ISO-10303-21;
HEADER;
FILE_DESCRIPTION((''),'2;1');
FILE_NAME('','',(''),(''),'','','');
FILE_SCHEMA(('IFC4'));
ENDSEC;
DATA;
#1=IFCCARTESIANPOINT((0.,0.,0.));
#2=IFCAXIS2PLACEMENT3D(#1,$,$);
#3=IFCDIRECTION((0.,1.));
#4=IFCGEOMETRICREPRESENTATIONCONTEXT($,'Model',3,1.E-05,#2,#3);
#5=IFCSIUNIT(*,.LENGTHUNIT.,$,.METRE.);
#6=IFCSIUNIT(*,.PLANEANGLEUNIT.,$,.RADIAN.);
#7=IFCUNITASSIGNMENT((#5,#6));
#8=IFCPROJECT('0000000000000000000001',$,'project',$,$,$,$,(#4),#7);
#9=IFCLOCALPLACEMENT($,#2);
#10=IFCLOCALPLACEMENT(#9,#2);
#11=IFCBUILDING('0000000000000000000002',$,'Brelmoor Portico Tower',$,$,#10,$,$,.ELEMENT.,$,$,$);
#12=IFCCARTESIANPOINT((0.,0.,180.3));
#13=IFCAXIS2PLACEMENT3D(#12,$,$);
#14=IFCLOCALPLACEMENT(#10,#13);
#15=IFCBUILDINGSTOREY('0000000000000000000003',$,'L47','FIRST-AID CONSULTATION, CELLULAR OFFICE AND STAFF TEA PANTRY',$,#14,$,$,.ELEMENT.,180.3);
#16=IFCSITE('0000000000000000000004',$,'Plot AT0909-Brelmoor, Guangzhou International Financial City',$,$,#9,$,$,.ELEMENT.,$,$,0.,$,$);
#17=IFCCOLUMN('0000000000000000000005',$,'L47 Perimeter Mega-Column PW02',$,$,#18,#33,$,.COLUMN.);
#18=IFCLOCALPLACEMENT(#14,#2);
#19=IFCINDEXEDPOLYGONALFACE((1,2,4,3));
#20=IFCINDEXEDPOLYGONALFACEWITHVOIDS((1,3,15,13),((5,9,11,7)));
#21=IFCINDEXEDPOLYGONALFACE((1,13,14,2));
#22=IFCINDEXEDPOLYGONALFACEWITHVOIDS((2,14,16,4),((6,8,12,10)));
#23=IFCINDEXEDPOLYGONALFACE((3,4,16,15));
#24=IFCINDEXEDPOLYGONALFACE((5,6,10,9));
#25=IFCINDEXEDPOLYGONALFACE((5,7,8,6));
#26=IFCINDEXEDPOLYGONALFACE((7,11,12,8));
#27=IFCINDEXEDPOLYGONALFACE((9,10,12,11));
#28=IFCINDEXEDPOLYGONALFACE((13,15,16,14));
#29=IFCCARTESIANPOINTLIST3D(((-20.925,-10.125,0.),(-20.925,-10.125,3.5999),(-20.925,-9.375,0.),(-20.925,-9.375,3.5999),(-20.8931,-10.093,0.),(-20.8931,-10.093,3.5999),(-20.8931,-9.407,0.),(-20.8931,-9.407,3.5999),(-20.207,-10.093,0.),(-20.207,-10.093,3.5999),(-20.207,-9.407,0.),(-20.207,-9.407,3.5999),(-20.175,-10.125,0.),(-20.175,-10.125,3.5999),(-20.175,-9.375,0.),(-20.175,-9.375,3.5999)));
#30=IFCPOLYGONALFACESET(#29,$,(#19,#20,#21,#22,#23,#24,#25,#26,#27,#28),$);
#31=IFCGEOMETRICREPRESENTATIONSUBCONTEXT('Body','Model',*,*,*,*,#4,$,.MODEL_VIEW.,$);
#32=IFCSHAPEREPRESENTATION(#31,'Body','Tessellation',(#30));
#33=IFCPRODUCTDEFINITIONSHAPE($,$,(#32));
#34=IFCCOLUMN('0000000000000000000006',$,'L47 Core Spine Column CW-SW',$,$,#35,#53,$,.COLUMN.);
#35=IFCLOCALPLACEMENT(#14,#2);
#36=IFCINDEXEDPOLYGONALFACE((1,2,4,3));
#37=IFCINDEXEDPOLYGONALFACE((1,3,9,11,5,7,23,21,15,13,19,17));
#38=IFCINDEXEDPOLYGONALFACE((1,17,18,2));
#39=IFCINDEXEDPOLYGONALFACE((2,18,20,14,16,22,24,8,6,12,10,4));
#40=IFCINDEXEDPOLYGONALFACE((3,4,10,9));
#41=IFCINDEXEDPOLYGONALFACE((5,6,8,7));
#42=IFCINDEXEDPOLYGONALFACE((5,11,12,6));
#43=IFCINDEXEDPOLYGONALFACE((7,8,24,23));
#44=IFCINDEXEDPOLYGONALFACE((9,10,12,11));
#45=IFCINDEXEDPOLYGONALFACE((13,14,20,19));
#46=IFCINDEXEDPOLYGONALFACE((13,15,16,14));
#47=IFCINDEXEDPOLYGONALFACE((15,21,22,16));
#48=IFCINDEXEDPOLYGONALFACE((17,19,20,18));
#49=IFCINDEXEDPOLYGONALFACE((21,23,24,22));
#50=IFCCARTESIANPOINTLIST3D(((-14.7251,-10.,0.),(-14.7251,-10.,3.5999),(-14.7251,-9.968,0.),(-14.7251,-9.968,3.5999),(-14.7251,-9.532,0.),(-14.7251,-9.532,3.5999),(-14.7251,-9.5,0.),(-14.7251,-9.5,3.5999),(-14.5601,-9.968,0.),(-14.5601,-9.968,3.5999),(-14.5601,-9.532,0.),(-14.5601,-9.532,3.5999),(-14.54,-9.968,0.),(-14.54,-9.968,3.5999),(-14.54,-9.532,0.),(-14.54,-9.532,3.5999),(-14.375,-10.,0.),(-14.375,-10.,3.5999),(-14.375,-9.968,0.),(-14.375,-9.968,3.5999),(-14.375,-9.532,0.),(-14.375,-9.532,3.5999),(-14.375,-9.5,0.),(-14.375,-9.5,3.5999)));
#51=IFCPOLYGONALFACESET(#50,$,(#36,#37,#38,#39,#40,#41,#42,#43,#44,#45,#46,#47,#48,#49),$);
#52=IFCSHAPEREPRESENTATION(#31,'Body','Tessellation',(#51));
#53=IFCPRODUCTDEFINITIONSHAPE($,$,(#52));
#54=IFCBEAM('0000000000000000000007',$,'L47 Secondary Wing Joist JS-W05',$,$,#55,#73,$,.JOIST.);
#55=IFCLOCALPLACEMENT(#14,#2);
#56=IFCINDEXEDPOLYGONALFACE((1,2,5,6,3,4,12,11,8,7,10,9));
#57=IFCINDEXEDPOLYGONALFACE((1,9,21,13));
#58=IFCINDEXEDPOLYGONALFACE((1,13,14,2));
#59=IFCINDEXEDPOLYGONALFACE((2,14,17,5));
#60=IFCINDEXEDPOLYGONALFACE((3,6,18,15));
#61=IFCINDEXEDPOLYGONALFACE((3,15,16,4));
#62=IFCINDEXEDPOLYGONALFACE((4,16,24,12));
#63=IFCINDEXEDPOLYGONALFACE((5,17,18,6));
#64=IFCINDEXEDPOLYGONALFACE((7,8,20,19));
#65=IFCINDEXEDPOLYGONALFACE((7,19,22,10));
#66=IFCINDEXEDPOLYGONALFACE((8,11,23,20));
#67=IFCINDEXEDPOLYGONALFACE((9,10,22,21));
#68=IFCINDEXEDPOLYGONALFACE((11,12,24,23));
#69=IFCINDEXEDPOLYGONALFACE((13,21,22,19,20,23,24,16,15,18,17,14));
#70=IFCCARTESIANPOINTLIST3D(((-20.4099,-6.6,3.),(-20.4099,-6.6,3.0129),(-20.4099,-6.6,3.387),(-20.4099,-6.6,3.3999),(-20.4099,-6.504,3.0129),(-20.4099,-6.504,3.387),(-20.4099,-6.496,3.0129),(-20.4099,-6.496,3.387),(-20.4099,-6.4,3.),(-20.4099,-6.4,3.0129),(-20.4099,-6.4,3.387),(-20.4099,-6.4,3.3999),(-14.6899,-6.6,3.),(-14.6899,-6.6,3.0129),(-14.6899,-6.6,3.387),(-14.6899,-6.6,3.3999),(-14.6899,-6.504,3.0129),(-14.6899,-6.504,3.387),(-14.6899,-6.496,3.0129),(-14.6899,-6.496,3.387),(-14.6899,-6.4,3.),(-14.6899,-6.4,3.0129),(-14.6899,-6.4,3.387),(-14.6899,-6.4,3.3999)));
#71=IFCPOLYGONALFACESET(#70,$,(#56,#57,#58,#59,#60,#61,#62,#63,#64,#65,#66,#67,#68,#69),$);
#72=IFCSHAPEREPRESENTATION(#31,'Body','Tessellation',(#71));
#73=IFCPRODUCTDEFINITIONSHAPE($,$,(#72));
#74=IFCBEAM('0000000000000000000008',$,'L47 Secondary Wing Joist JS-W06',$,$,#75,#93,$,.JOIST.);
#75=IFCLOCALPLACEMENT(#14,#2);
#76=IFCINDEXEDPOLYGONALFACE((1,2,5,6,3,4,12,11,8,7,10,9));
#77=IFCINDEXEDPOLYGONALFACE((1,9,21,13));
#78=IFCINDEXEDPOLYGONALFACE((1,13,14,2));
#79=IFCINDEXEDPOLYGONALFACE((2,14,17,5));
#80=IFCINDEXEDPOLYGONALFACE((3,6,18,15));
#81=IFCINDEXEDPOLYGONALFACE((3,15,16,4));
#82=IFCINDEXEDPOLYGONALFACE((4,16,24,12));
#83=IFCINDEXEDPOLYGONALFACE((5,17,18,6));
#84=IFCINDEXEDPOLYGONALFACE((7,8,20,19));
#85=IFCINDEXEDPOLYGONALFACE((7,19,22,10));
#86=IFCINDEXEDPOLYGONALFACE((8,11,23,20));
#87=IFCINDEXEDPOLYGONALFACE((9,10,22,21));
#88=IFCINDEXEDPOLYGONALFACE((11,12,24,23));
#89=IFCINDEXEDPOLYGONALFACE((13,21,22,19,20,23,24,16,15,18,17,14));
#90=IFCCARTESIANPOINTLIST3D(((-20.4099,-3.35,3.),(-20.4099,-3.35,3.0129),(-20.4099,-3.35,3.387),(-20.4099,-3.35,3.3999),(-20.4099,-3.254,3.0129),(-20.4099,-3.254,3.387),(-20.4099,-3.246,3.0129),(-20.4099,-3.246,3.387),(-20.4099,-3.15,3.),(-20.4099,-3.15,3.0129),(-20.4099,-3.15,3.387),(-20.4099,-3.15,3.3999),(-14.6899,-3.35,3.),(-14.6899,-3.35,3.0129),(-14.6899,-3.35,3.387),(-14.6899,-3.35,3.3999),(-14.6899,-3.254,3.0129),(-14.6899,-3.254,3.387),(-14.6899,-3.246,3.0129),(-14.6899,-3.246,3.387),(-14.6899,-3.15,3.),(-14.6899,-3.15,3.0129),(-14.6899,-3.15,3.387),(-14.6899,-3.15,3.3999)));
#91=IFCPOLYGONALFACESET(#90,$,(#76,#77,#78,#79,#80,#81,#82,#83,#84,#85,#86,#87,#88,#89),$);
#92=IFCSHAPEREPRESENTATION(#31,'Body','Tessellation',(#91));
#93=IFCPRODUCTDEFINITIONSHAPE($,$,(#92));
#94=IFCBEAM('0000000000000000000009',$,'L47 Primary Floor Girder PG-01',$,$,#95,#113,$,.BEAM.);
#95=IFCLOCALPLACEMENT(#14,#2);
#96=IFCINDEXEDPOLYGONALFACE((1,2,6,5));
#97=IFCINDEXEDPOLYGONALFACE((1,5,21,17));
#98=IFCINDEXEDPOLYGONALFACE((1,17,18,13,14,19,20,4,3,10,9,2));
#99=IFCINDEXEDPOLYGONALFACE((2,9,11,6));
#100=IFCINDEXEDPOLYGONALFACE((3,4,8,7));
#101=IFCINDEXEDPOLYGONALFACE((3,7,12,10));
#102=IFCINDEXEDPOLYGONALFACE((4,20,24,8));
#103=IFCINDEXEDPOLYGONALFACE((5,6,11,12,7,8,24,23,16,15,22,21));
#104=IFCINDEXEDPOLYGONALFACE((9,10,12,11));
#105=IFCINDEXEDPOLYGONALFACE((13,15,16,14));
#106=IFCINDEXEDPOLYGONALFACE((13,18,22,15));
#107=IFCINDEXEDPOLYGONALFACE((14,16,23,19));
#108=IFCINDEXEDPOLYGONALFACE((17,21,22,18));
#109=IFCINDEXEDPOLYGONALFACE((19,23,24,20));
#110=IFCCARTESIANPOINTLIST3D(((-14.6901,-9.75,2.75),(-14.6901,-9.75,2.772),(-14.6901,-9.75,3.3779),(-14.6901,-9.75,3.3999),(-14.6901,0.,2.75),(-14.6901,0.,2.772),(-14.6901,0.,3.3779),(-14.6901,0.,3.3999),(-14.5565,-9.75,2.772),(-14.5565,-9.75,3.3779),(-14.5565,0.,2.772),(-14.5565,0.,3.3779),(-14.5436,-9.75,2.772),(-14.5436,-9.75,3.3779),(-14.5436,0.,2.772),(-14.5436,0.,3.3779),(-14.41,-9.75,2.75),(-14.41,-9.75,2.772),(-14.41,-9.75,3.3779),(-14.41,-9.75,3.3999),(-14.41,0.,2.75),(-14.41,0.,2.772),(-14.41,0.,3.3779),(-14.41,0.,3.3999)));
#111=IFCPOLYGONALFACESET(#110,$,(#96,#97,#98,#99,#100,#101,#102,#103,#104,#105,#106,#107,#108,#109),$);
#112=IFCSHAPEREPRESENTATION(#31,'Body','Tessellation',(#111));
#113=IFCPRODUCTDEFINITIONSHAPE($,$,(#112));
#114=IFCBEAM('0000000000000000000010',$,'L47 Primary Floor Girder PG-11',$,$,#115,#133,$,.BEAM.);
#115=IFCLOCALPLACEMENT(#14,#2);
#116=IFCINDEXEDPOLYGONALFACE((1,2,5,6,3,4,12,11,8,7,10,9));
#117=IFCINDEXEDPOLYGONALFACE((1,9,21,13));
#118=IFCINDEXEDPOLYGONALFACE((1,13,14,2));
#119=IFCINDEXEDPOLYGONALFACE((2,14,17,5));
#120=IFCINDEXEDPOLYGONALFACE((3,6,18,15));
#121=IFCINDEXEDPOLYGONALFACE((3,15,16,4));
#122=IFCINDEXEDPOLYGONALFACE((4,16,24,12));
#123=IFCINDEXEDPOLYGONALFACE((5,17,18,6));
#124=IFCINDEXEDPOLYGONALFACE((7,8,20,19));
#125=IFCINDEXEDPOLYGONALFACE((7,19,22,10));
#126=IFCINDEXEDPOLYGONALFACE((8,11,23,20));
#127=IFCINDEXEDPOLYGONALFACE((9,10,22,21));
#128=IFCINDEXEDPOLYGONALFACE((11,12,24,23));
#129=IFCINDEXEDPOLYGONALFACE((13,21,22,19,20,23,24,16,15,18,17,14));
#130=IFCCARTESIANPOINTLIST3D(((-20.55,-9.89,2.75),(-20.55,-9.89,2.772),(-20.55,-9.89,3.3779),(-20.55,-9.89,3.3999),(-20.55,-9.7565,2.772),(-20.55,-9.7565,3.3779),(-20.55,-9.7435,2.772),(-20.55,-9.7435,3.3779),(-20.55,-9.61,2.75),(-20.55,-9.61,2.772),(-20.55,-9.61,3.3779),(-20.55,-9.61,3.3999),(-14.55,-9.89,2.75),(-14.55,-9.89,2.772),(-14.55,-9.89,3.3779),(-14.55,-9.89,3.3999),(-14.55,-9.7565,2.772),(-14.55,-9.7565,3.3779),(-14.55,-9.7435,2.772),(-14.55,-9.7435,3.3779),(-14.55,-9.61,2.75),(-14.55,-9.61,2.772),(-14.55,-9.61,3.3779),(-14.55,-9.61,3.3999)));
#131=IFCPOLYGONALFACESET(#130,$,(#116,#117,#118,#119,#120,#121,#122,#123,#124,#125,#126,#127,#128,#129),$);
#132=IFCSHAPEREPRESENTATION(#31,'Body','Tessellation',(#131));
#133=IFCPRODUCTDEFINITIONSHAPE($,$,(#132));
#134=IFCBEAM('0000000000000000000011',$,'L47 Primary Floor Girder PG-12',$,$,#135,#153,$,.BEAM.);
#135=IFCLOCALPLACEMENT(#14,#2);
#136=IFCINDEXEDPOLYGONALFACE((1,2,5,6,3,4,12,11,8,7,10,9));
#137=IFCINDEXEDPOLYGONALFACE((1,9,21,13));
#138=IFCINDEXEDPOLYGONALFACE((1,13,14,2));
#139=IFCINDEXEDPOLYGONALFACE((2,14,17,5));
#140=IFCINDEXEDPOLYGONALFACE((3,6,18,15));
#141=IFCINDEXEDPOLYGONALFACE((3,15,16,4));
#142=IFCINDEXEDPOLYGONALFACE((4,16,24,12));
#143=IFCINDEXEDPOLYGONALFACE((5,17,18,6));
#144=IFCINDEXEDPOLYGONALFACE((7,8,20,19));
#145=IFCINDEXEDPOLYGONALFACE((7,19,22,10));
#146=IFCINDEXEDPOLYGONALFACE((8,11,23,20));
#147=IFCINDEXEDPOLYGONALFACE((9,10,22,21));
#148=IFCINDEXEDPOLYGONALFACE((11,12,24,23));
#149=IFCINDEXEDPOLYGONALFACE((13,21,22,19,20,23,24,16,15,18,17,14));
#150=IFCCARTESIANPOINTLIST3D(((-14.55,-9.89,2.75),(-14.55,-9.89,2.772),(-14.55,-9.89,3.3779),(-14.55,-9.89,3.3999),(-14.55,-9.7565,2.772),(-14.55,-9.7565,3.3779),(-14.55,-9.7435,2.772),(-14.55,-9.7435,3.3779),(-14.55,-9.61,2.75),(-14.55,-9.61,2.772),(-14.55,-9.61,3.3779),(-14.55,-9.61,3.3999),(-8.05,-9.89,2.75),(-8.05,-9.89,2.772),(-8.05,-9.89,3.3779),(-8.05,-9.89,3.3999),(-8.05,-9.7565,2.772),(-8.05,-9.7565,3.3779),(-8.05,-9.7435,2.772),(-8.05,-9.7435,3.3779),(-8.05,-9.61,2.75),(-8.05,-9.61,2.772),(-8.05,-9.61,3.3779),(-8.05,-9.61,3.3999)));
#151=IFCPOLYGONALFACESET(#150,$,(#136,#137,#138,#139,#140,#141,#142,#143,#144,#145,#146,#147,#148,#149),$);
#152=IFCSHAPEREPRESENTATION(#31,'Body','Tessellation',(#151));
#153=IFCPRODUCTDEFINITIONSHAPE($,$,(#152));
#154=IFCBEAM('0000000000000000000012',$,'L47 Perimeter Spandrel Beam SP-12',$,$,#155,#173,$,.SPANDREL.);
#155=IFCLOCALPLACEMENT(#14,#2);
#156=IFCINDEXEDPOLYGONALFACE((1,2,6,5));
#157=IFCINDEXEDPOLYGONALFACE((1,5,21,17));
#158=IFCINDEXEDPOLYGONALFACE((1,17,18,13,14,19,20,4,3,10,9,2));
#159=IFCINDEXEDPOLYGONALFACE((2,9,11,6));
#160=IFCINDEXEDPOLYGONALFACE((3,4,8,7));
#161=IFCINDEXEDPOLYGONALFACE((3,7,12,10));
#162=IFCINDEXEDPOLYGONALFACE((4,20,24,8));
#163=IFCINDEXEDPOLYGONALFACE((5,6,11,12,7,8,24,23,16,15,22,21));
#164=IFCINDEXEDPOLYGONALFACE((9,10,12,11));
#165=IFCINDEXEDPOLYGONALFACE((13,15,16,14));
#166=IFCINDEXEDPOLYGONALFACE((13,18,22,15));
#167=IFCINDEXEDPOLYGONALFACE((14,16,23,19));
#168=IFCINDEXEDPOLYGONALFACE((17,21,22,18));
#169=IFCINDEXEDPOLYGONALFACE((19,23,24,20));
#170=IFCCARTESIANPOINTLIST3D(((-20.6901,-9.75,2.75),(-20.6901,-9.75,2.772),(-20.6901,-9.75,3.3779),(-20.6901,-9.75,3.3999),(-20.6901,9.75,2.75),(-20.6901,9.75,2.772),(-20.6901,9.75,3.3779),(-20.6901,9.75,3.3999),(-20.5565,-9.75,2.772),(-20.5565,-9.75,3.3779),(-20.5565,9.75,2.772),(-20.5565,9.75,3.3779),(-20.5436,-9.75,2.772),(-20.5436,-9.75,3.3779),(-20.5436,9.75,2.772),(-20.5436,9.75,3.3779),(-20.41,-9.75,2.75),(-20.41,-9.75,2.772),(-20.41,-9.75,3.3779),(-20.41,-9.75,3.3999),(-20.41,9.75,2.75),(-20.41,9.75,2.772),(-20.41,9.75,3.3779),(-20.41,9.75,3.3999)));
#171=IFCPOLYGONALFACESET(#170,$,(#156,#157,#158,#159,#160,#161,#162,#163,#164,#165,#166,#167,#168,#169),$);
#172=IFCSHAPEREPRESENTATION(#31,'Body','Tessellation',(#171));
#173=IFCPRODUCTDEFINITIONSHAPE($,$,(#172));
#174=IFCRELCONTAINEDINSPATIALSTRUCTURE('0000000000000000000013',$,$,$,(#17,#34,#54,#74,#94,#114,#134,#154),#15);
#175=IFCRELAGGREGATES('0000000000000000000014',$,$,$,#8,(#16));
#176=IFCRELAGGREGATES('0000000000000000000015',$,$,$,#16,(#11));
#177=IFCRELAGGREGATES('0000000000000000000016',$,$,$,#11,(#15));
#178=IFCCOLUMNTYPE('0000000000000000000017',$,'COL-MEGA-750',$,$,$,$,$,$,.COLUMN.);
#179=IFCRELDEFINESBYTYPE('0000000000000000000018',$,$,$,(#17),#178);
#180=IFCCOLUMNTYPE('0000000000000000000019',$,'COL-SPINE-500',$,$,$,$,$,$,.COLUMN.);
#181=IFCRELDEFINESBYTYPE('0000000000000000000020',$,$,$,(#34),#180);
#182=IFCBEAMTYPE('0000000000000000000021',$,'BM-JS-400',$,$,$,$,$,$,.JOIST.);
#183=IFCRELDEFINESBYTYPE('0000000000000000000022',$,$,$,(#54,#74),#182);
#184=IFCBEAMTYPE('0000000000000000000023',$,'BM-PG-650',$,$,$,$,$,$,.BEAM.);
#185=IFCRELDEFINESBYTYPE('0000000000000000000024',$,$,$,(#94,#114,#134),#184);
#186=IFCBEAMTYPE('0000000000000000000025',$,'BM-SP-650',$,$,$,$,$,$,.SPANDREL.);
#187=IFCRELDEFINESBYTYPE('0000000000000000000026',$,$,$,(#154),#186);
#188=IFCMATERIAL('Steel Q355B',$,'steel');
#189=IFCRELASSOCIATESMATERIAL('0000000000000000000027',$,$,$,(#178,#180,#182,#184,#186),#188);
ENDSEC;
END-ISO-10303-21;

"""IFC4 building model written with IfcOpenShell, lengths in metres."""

from ifc_helpers import new_model, si_unit, direction, frame, origin, origin_2d, place, context, subcontext, project, spatial, hollow_rectangle, i_section, extrude, material, material_profile, profile_set, type_object, element, save


model = new_model("IFC4")

# Units and contexts
model_context = context("Model", 3, precision=1e-05, world=origin(), true_north=direction((0.0, 1.0)))
body_context = subcontext(model_context, "Body", "Model", "MODEL_VIEW")
ifc_project = project(units=[si_unit("LENGTHUNIT", "METRE"), si_unit("PLANEANGLEUNIT", "RADIAN")], contexts=[model_context])

# Site, building, storey
site_placement = place(None, origin())
site = spatial("IfcSite", under=ifc_project, at=site_placement, Name="Plot AT0909-Brelmoor, Guangzhou International Financial City", CompositionType="ELEMENT", RefElevation=0.0)
building_placement = place(site_placement, origin())
building = spatial("IfcBuilding", under=site, at=building_placement, Name="Brelmoor Portico Tower", CompositionType="ELEMENT")
storey_placement = place(building_placement, frame((0.0, 0.0, 180.3)))
storey = spatial("IfcBuildingStorey", under=building, at=storey_placement, Name="L47", Description="FIRST-AID CONSULTATION, CELLULAR OFFICE AND STAFF TEA PANTRY", CompositionType="ELEMENT", Elevation=180.3)

# Columns
ifc_material_1 = material(Name="Steel Q355B", Category="steel")
ifc_material_profile_1 = material_profile(ifc_material_1, hollow_rectangle(XDim=0.75, YDim=0.75, WallThickness=0.032, at=origin_2d()), Name="BOX 750x750x32")
ifc_profile_set_1 = profile_set([ifc_material_profile_1], Name="Steel Q355B")
column_type_1 = type_object("IfcColumnType", Name="COL-MEGA-750", PredefinedType="COLUMN", material=ifc_profile_set_1)
column_1_placement = place(storey_placement, frame((-20.55, -9.75, 0.0), z_axis=(0.0, 0.0, 1.0), x_axis=(0.0, 1.0, 0.0)))
element("IfcColumn", 1, at=column_1_placement, inside=storey, type_object=column_type_1, Name="L47 Perimeter Mega-Column PW02", PredefinedType="COLUMN", context=body_context, shape_type="SweptSolid", body=[
    extrude(hollow_rectangle(XDim=0.75, YDim=0.75, WallThickness=0.032, at=origin_2d()), origin(), (0.0, 0.0, 1.0), 3.5999),
])
ifc_material_profile_2 = material_profile(ifc_material_1, i_section(OverallWidth=0.3501, OverallDepth=0.5, WebThickness=0.02, FlangeThickness=0.032, at=origin_2d()), Name="HW 500x350x20x32")
ifc_profile_set_2 = profile_set([ifc_material_profile_2], Name="Steel Q355B")
column_type_2 = type_object("IfcColumnType", Name="COL-SPINE-500", PredefinedType="COLUMN", material=ifc_profile_set_2)
column_2_placement = place(storey_placement, frame((-14.55, -9.75, 0.0), z_axis=(0.0, 0.0, 1.0), x_axis=(1.0, 0.0, 0.0)))
element("IfcColumn", 2, at=column_2_placement, inside=storey, type_object=column_type_2, Name="L47 Core Spine Column CW-SW", PredefinedType="COLUMN", context=body_context, shape_type="SweptSolid", body=[
    extrude(i_section(OverallWidth=0.3501, OverallDepth=0.5, WebThickness=0.02, FlangeThickness=0.032, at=origin_2d()), origin(), (0.0, 0.0, 1.0), 3.5999),
])

# Beams
ifc_material_profile_3 = material_profile(ifc_material_1, i_section(OverallWidth=0.2, OverallDepth=0.3999, WebThickness=0.0081, FlangeThickness=0.0129, at=origin_2d()), Name="HN 400x200x8x13")
ifc_profile_set_3 = profile_set([ifc_material_profile_3], Name="Steel Q355B")
beam_type_1 = type_object("IfcBeamType", Name="BM-JS-400", PredefinedType="JOIST", material=ifc_profile_set_3)
for number, where, z_axis, x_axis, name in (
    (3, (-20.4099, -6.5, 3.2), (1.0, 0.0, 0.0), (0.0, 1.0, 0.0), "L47 Secondary Wing Joist JS-W05"),
    (4, (-20.4099, -3.25, 3.2), (1.0, 0.0, 0.0), (0.0, 1.0, 0.0), "L47 Secondary Wing Joist JS-W06"),
):
    element("IfcBeam", number, at=place(storey_placement, frame(where, z_axis=z_axis, x_axis=x_axis)), inside=storey, type_object=beam_type_1, Name=name, PredefinedType="JOIST", context=body_context, shape_type="SweptSolid", body=[
        extrude(i_section(OverallWidth=0.2, OverallDepth=0.3999, WebThickness=0.0081, FlangeThickness=0.0129, at=origin_2d()), origin(), (0.0, 0.0, 1.0), 5.72),
    ])
ifc_material_profile_4 = material_profile(ifc_material_1, i_section(OverallWidth=0.28, OverallDepth=0.6499, WebThickness=0.0129, FlangeThickness=0.022, at=origin_2d()), Name="HN 650x280x13x22")
ifc_profile_set_4 = profile_set([ifc_material_profile_4], Name="Steel Q355B")
beam_type_2 = type_object("IfcBeamType", Name="BM-PG-650", PredefinedType="BEAM", material=ifc_profile_set_4)
beam_1_placement = place(storey_placement, frame((-14.55, -9.75, 3.075), z_axis=(0.0, 1.0, 0.0), x_axis=(-1.0, 0.0, 0.0)))
element("IfcBeam", 5, at=beam_1_placement, inside=storey, type_object=beam_type_2, Name="L47 Primary Floor Girder PG-01", PredefinedType="BEAM", context=body_context, shape_type="SweptSolid", body=[
    extrude(i_section(OverallWidth=0.28, OverallDepth=0.6499, WebThickness=0.0129, FlangeThickness=0.022, at=origin_2d()), origin(), (0.0, 0.0, 1.0), 9.75),
])
beam_2_placement = place(storey_placement, frame((-20.55, -9.75, 3.075), z_axis=(1.0, 0.0, 0.0), x_axis=(0.0, 1.0, 0.0)))
element("IfcBeam", 6, at=beam_2_placement, inside=storey, type_object=beam_type_2, Name="L47 Primary Floor Girder PG-11", PredefinedType="BEAM", context=body_context, shape_type="SweptSolid", body=[
    extrude(i_section(OverallWidth=0.28, OverallDepth=0.6499, WebThickness=0.0129, FlangeThickness=0.022, at=origin_2d()), origin(), (0.0, 0.0, 1.0), 6.0),
])
beam_3_placement = place(storey_placement, frame((-14.55, -9.75, 3.075), z_axis=(1.0, 0.0, 0.0), x_axis=(0.0, 1.0, 0.0)))
element("IfcBeam", 7, at=beam_3_placement, inside=storey, type_object=beam_type_2, Name="L47 Primary Floor Girder PG-12", PredefinedType="BEAM", context=body_context, shape_type="SweptSolid", body=[
    extrude(i_section(OverallWidth=0.28, OverallDepth=0.6499, WebThickness=0.0129, FlangeThickness=0.022, at=origin_2d()), origin(), (0.0, 0.0, 1.0), 6.5),
])
ifc_material_profile_5 = material_profile(ifc_material_1, i_section(OverallWidth=0.28, OverallDepth=0.6499, WebThickness=0.0129, FlangeThickness=0.022, at=origin_2d()), Name="HN 650x280x13x22")
ifc_profile_set_5 = profile_set([ifc_material_profile_5], Name="Steel Q355B")
beam_type_3 = type_object("IfcBeamType", Name="BM-SP-650", PredefinedType="SPANDREL", material=ifc_profile_set_5)
beam_4_placement = place(storey_placement, frame((-20.55, -9.75, 3.075), z_axis=(0.0, 1.0, 0.0), x_axis=(-1.0, 0.0, 0.0)))
element("IfcBeam", 8, at=beam_4_placement, inside=storey, type_object=beam_type_3, Name="L47 Perimeter Spandrel Beam SP-12", PredefinedType="SPANDREL", context=body_context, shape_type="SweptSolid", body=[
    extrude(i_section(OverallWidth=0.28, OverallDepth=0.6499, WebThickness=0.0129, FlangeThickness=0.022, at=origin_2d()), origin(), (0.0, 0.0, 1.0), 19.5),
])

save(model, "model.ifc")
